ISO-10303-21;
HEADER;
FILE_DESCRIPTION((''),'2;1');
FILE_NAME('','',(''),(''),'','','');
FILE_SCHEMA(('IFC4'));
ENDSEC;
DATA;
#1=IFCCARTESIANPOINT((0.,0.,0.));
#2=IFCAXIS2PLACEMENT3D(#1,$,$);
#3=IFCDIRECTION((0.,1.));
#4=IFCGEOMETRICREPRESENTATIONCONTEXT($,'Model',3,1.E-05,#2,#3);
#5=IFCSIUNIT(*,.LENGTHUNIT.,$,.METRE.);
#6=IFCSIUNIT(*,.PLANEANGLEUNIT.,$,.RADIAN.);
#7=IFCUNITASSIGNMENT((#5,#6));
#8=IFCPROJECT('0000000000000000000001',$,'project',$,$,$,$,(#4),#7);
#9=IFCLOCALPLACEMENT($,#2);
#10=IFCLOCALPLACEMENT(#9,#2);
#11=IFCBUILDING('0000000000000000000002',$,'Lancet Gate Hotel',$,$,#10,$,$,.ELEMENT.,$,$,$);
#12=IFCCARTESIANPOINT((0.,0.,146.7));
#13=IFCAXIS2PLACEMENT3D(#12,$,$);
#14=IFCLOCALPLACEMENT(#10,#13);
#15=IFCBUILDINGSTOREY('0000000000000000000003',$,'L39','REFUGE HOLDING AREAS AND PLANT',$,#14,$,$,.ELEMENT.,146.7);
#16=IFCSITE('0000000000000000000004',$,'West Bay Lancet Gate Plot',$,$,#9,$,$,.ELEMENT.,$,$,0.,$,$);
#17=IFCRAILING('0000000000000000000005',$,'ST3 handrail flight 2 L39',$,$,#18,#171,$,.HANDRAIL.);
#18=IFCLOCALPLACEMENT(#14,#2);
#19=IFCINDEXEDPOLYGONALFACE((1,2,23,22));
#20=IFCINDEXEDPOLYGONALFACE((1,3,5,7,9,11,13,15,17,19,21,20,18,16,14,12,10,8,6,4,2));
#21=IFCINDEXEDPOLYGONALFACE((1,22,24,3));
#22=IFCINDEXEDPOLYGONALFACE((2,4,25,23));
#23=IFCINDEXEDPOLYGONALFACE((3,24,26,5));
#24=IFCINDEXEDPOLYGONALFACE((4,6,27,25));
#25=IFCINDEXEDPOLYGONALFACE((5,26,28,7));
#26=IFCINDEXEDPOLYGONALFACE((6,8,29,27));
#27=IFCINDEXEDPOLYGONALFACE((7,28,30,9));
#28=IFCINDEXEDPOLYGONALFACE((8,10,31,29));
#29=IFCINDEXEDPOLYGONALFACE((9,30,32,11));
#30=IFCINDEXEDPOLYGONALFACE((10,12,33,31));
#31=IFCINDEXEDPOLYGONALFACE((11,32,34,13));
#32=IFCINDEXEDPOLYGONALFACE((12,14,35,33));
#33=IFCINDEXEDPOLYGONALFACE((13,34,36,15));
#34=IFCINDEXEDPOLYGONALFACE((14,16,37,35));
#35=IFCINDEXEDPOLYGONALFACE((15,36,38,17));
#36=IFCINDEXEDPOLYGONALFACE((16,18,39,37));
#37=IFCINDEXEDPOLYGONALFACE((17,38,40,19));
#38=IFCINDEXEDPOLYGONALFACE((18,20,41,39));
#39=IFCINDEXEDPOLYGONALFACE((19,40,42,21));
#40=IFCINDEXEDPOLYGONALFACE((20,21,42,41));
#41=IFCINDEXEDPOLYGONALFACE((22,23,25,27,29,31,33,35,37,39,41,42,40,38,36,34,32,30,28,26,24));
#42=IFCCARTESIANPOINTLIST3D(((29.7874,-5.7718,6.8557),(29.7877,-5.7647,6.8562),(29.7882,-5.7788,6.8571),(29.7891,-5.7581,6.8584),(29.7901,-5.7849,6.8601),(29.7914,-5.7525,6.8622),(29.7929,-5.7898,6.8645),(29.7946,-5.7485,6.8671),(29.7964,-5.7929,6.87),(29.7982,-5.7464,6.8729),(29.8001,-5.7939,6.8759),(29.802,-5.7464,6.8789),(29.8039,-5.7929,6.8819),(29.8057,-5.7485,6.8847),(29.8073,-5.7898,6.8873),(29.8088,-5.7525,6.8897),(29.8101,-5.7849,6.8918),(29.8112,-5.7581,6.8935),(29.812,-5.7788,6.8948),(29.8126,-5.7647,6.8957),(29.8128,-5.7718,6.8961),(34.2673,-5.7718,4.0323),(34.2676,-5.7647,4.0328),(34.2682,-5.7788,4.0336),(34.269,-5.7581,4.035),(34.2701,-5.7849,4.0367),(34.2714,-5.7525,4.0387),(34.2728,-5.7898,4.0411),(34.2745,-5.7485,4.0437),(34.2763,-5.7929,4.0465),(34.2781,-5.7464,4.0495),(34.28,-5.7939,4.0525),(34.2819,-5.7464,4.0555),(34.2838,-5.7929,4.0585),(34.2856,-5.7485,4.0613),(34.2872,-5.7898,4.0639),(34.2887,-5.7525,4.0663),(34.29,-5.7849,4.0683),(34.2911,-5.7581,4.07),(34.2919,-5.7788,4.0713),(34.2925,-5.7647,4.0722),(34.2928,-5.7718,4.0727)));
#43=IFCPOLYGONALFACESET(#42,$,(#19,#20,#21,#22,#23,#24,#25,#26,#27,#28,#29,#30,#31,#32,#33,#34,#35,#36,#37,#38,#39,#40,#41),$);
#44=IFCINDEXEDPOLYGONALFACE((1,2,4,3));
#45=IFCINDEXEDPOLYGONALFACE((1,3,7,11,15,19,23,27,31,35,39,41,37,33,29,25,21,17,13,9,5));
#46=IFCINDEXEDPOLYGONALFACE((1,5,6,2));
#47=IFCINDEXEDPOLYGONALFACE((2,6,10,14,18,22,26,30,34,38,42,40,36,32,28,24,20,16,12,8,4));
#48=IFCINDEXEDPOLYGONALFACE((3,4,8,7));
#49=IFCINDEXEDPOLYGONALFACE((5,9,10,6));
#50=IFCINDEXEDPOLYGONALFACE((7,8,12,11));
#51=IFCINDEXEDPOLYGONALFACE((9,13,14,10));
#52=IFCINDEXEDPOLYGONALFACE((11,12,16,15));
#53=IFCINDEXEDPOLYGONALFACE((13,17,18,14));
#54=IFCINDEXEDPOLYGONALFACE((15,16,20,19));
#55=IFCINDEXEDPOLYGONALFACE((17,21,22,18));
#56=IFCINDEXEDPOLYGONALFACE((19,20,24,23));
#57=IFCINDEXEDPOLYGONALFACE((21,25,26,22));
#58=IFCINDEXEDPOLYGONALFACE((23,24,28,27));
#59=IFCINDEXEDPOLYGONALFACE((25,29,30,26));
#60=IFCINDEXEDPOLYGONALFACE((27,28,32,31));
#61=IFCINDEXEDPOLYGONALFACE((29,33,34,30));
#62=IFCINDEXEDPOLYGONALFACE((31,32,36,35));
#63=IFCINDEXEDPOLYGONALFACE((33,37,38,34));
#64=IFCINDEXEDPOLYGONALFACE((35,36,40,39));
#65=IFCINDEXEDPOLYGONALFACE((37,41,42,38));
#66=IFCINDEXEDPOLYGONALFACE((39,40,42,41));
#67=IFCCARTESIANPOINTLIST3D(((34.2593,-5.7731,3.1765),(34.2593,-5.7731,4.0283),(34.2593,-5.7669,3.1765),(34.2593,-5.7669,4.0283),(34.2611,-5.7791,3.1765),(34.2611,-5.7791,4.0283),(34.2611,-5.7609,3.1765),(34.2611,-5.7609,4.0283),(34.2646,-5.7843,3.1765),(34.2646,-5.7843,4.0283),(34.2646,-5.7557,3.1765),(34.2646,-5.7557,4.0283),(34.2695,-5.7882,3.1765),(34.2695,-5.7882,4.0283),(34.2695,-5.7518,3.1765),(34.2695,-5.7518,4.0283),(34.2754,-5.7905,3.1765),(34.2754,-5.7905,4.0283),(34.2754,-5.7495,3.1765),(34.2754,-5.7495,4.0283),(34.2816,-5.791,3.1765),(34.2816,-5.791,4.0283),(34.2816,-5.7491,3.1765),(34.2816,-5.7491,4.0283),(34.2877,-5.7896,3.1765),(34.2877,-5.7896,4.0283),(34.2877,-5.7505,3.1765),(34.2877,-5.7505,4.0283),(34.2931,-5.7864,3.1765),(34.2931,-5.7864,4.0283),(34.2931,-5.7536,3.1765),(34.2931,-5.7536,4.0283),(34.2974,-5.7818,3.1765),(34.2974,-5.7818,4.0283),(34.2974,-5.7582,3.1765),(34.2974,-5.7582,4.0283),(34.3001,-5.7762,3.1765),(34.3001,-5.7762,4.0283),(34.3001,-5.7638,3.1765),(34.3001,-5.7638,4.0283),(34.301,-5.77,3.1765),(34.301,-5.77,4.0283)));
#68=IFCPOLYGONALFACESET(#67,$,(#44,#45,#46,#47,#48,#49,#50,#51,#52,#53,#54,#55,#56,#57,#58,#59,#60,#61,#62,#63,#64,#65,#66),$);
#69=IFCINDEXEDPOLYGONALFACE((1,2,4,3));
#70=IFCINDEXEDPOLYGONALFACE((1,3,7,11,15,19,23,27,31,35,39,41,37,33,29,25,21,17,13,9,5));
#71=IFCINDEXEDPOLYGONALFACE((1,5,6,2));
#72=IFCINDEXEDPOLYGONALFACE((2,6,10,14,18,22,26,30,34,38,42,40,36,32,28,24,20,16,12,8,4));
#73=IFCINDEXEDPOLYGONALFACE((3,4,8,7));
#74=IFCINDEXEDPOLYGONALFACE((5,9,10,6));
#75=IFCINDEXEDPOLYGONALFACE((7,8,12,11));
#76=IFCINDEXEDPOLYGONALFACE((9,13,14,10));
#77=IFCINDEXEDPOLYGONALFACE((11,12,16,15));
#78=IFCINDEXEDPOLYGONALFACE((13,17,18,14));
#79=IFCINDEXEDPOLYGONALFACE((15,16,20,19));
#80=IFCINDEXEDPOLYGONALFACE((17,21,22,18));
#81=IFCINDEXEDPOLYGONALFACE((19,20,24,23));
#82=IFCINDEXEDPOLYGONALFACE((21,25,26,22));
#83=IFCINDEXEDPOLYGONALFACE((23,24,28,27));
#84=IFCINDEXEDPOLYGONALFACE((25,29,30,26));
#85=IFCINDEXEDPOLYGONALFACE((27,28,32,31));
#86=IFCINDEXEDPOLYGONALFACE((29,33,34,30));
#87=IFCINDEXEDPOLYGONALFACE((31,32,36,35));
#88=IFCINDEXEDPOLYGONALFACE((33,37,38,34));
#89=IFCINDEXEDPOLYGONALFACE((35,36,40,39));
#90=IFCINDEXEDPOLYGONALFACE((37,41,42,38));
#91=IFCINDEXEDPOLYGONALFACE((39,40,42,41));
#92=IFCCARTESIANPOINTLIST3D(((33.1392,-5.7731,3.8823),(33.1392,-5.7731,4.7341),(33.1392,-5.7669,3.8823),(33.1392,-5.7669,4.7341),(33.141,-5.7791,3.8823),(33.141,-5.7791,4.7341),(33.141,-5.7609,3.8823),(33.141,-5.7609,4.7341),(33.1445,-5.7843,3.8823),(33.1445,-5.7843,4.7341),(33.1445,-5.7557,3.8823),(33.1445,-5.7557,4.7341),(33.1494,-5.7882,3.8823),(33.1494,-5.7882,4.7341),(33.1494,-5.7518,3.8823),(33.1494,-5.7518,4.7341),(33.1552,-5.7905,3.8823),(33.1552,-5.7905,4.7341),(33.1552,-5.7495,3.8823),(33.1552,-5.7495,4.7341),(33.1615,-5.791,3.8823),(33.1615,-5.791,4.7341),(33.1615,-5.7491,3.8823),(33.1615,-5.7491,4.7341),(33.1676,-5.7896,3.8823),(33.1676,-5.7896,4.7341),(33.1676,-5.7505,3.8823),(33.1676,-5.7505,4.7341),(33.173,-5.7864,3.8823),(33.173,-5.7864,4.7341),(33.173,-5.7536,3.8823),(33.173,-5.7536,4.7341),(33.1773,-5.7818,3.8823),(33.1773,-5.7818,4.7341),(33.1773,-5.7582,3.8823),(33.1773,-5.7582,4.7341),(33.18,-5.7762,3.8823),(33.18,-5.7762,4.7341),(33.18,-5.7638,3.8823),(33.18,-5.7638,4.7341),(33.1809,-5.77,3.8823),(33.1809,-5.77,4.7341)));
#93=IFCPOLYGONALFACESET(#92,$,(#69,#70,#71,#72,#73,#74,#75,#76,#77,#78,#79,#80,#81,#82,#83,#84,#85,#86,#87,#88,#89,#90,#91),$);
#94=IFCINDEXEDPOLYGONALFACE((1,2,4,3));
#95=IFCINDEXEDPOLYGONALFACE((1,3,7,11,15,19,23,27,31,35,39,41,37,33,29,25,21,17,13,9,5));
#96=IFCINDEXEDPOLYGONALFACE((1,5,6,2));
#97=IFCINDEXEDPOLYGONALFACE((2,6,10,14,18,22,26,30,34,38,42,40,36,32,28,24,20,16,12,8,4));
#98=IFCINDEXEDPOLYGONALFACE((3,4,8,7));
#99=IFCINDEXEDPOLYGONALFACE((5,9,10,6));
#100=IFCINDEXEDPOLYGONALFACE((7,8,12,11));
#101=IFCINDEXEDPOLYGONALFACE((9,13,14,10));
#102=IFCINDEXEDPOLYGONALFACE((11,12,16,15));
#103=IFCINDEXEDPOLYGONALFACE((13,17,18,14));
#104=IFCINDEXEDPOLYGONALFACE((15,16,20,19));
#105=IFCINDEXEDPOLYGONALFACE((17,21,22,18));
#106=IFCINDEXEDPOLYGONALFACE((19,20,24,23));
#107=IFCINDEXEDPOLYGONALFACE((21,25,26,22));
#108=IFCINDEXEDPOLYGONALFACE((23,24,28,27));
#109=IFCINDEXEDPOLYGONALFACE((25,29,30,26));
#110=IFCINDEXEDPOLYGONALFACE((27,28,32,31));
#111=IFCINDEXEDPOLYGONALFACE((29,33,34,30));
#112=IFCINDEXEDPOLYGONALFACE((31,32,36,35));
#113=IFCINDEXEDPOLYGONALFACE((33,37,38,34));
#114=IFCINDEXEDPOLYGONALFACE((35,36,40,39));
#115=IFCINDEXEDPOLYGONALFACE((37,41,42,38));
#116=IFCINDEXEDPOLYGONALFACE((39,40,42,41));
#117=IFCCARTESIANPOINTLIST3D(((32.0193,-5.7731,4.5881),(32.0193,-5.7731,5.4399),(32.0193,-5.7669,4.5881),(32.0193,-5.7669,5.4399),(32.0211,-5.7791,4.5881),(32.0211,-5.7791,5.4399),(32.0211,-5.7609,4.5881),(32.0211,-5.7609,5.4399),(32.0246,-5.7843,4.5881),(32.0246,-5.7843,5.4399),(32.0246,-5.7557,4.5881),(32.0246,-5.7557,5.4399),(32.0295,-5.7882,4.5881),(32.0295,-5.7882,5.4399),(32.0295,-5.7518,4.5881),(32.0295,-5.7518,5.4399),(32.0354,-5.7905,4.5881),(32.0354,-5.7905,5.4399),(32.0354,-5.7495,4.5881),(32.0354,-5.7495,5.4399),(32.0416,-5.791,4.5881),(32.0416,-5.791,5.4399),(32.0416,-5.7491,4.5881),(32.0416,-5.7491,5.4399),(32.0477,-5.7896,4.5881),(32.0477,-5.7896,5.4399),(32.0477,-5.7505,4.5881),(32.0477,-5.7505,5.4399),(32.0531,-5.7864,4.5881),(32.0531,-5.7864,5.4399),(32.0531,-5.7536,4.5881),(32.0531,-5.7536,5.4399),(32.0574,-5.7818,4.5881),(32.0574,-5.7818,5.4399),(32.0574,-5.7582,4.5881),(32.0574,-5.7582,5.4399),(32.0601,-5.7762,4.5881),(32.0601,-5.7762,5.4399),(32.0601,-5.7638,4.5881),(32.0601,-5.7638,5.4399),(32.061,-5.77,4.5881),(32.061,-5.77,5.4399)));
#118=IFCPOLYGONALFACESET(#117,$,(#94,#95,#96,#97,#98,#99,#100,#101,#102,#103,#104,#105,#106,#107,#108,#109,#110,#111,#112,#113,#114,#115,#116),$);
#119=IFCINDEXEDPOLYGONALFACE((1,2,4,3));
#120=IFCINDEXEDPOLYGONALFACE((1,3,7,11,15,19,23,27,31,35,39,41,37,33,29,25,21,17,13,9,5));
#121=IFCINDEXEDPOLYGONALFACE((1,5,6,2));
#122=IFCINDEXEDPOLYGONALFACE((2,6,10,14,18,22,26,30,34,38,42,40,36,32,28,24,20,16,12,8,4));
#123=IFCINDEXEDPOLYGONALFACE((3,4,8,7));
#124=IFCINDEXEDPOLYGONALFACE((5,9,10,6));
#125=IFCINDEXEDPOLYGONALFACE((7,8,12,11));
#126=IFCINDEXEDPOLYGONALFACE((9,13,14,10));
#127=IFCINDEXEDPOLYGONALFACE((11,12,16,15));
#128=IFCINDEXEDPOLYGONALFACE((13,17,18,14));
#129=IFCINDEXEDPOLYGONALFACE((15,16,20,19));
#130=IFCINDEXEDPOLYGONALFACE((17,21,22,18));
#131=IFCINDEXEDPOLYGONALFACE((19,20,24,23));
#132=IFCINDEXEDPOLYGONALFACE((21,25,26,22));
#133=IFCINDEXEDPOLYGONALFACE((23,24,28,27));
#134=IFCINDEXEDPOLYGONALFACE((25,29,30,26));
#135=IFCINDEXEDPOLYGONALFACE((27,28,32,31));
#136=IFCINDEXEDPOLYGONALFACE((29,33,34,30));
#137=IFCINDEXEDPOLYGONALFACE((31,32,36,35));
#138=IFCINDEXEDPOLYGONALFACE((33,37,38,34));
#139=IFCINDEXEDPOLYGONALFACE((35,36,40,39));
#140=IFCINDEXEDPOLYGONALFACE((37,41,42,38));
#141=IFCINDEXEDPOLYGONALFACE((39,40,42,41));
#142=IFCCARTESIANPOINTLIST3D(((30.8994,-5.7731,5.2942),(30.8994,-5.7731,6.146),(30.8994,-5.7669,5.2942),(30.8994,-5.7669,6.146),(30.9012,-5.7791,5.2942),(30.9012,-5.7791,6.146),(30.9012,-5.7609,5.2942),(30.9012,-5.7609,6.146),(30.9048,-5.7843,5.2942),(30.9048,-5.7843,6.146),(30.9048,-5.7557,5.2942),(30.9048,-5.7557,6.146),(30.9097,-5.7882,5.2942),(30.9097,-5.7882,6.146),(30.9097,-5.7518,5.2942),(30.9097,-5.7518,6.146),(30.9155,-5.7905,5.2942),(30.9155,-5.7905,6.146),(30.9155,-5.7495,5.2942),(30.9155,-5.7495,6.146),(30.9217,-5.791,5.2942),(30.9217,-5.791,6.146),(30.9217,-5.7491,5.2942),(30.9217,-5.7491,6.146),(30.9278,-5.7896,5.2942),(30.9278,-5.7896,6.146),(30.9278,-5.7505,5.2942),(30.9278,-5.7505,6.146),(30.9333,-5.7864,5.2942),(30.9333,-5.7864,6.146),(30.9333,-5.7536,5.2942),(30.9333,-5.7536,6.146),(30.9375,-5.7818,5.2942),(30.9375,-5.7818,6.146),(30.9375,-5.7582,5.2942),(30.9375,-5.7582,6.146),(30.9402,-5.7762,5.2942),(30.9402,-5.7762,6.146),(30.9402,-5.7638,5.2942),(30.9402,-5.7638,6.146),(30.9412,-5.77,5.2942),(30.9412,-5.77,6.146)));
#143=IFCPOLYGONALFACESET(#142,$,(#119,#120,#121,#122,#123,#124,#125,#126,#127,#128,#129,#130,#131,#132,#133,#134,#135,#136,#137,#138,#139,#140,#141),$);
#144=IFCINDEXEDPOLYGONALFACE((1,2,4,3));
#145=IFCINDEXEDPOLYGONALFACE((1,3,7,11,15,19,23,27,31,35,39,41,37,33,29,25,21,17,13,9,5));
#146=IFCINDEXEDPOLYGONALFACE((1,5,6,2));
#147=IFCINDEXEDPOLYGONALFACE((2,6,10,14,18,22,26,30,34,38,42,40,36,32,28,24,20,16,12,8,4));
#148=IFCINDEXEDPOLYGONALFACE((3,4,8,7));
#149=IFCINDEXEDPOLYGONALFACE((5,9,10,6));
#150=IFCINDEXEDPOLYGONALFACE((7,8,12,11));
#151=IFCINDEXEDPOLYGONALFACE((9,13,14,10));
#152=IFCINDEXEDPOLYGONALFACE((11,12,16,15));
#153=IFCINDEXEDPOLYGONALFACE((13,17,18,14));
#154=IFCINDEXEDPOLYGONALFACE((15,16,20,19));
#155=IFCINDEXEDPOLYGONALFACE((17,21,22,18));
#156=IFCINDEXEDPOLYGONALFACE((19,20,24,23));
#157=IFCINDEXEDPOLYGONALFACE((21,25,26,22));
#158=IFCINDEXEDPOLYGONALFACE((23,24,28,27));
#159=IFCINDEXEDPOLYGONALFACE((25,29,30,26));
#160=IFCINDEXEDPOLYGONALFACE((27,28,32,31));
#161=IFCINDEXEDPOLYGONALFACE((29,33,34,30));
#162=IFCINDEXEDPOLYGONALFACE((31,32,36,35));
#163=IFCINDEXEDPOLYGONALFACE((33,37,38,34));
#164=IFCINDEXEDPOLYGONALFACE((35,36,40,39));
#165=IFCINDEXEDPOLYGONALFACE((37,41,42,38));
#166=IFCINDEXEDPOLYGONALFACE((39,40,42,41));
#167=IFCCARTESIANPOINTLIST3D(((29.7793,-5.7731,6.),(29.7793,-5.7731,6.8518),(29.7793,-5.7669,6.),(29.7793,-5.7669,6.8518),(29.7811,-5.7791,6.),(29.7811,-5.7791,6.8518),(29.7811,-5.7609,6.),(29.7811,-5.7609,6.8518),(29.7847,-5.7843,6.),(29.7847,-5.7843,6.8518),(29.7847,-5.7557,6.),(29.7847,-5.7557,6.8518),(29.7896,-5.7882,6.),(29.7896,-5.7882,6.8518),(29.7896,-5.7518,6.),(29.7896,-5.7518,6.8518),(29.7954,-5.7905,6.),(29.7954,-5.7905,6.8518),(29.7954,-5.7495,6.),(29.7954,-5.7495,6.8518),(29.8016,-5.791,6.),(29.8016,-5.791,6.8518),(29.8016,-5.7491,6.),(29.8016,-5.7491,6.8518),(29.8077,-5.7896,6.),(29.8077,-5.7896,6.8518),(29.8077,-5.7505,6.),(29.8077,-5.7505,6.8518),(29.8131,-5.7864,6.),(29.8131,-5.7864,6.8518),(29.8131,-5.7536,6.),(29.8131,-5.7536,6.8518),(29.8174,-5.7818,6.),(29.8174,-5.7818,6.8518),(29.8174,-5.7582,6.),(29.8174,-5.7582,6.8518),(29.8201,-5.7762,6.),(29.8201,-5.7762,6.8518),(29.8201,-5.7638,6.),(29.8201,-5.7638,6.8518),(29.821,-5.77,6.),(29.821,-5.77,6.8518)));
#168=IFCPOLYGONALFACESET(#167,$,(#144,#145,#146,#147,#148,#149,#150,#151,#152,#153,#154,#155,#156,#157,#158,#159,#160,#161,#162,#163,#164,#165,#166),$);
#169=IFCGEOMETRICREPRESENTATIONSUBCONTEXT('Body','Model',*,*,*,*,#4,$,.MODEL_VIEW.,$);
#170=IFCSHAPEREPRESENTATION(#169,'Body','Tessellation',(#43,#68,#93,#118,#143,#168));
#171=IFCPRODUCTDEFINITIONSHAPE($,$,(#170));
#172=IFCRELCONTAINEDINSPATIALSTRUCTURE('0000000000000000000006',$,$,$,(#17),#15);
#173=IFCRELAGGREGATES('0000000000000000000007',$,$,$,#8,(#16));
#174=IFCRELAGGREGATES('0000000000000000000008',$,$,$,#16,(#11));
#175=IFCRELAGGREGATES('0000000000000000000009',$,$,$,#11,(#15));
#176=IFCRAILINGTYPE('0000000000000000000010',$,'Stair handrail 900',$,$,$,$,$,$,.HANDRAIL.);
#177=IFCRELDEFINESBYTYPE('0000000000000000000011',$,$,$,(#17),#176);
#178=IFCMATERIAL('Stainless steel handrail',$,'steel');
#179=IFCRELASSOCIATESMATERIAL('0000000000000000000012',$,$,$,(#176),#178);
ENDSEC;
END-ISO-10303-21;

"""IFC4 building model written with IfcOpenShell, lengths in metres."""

from ifc_helpers import new_model, si_unit, direction, frame, origin, origin_2d, place, context, subcontext, project, spatial, circle, extrude, material, type_object, element, save


model = new_model("IFC4")

# Units and contexts
model_context = context("Model", 3, precision=1e-05, world=origin(), true_north=direction((0.0, 1.0)))
body_context = subcontext(model_context, "Body", "Model", "MODEL_VIEW")
ifc_project = project(units=[si_unit("LENGTHUNIT", "METRE"), si_unit("PLANEANGLEUNIT", "RADIAN")], contexts=[model_context])

# Site, building, storey
site_placement = place(None, origin())
site = spatial("IfcSite", under=ifc_project, at=site_placement, Name="West Bay Lancet Gate Plot", CompositionType="ELEMENT", RefElevation=0.0)
building_placement = place(site_placement, origin())
building = spatial("IfcBuilding", under=site, at=building_placement, Name="Lancet Gate Hotel", CompositionType="ELEMENT")
storey_placement = place(building_placement, frame((0.0, 0.0, 146.7)))
storey = spatial("IfcBuildingStorey", under=building, at=storey_placement, Name="L39", Description="REFUGE HOLDING AREAS AND PLANT", CompositionType="ELEMENT", Elevation=146.7)

# Railing
ifc_material_1 = material(Name="Stainless steel handrail", Category="steel")
railing_type = type_object("IfcRailingType", Name="Stair handrail 900", PredefinedType="HANDRAIL", material=ifc_material_1)
railing_1_placement = place(storey_placement, frame((34.28, -5.77, 3.1765)))
element("IfcRailing", 1, at=railing_1_placement, inside=storey, type_object=railing_type, Name="ST3 handrail flight 2 L39", PredefinedType="HANDRAIL", context=body_context, shape_type="SweptSolid", body=[
    extrude(circle(Radius=0.0239, at=origin_2d()), frame((0.0, 0.0, 0.876), z_axis=(-0.845998, 0.0, 0.533186), x_axis=(0.0, -1.0, 0.0)), (0.0, 0.0, 1.0), 5.2954),
    extrude(circle(Radius=0.021, at=origin_2d()), origin(), (0.0, 0.0, 1.0), 0.8518),
    extrude(circle(Radius=0.021, at=origin_2d()), frame((-1.1201, 0.0, 0.7058)), (0.0, 0.0, 1.0), 0.8518),
    extrude(circle(Radius=0.021, at=origin_2d()), frame((-2.24, 0.0, 1.4116)), (0.0, 0.0, 1.0), 0.8518),
    extrude(circle(Radius=0.021, at=origin_2d()), frame((-3.3599, 0.0, 2.1177)), (0.0, 0.0, 1.0), 0.8518),
    extrude(circle(Radius=0.021, at=origin_2d()), frame((-4.48, 0.0, 2.8235)), (0.0, 0.0, 1.0), 0.8518),
])

save(model, "model.ifc")
